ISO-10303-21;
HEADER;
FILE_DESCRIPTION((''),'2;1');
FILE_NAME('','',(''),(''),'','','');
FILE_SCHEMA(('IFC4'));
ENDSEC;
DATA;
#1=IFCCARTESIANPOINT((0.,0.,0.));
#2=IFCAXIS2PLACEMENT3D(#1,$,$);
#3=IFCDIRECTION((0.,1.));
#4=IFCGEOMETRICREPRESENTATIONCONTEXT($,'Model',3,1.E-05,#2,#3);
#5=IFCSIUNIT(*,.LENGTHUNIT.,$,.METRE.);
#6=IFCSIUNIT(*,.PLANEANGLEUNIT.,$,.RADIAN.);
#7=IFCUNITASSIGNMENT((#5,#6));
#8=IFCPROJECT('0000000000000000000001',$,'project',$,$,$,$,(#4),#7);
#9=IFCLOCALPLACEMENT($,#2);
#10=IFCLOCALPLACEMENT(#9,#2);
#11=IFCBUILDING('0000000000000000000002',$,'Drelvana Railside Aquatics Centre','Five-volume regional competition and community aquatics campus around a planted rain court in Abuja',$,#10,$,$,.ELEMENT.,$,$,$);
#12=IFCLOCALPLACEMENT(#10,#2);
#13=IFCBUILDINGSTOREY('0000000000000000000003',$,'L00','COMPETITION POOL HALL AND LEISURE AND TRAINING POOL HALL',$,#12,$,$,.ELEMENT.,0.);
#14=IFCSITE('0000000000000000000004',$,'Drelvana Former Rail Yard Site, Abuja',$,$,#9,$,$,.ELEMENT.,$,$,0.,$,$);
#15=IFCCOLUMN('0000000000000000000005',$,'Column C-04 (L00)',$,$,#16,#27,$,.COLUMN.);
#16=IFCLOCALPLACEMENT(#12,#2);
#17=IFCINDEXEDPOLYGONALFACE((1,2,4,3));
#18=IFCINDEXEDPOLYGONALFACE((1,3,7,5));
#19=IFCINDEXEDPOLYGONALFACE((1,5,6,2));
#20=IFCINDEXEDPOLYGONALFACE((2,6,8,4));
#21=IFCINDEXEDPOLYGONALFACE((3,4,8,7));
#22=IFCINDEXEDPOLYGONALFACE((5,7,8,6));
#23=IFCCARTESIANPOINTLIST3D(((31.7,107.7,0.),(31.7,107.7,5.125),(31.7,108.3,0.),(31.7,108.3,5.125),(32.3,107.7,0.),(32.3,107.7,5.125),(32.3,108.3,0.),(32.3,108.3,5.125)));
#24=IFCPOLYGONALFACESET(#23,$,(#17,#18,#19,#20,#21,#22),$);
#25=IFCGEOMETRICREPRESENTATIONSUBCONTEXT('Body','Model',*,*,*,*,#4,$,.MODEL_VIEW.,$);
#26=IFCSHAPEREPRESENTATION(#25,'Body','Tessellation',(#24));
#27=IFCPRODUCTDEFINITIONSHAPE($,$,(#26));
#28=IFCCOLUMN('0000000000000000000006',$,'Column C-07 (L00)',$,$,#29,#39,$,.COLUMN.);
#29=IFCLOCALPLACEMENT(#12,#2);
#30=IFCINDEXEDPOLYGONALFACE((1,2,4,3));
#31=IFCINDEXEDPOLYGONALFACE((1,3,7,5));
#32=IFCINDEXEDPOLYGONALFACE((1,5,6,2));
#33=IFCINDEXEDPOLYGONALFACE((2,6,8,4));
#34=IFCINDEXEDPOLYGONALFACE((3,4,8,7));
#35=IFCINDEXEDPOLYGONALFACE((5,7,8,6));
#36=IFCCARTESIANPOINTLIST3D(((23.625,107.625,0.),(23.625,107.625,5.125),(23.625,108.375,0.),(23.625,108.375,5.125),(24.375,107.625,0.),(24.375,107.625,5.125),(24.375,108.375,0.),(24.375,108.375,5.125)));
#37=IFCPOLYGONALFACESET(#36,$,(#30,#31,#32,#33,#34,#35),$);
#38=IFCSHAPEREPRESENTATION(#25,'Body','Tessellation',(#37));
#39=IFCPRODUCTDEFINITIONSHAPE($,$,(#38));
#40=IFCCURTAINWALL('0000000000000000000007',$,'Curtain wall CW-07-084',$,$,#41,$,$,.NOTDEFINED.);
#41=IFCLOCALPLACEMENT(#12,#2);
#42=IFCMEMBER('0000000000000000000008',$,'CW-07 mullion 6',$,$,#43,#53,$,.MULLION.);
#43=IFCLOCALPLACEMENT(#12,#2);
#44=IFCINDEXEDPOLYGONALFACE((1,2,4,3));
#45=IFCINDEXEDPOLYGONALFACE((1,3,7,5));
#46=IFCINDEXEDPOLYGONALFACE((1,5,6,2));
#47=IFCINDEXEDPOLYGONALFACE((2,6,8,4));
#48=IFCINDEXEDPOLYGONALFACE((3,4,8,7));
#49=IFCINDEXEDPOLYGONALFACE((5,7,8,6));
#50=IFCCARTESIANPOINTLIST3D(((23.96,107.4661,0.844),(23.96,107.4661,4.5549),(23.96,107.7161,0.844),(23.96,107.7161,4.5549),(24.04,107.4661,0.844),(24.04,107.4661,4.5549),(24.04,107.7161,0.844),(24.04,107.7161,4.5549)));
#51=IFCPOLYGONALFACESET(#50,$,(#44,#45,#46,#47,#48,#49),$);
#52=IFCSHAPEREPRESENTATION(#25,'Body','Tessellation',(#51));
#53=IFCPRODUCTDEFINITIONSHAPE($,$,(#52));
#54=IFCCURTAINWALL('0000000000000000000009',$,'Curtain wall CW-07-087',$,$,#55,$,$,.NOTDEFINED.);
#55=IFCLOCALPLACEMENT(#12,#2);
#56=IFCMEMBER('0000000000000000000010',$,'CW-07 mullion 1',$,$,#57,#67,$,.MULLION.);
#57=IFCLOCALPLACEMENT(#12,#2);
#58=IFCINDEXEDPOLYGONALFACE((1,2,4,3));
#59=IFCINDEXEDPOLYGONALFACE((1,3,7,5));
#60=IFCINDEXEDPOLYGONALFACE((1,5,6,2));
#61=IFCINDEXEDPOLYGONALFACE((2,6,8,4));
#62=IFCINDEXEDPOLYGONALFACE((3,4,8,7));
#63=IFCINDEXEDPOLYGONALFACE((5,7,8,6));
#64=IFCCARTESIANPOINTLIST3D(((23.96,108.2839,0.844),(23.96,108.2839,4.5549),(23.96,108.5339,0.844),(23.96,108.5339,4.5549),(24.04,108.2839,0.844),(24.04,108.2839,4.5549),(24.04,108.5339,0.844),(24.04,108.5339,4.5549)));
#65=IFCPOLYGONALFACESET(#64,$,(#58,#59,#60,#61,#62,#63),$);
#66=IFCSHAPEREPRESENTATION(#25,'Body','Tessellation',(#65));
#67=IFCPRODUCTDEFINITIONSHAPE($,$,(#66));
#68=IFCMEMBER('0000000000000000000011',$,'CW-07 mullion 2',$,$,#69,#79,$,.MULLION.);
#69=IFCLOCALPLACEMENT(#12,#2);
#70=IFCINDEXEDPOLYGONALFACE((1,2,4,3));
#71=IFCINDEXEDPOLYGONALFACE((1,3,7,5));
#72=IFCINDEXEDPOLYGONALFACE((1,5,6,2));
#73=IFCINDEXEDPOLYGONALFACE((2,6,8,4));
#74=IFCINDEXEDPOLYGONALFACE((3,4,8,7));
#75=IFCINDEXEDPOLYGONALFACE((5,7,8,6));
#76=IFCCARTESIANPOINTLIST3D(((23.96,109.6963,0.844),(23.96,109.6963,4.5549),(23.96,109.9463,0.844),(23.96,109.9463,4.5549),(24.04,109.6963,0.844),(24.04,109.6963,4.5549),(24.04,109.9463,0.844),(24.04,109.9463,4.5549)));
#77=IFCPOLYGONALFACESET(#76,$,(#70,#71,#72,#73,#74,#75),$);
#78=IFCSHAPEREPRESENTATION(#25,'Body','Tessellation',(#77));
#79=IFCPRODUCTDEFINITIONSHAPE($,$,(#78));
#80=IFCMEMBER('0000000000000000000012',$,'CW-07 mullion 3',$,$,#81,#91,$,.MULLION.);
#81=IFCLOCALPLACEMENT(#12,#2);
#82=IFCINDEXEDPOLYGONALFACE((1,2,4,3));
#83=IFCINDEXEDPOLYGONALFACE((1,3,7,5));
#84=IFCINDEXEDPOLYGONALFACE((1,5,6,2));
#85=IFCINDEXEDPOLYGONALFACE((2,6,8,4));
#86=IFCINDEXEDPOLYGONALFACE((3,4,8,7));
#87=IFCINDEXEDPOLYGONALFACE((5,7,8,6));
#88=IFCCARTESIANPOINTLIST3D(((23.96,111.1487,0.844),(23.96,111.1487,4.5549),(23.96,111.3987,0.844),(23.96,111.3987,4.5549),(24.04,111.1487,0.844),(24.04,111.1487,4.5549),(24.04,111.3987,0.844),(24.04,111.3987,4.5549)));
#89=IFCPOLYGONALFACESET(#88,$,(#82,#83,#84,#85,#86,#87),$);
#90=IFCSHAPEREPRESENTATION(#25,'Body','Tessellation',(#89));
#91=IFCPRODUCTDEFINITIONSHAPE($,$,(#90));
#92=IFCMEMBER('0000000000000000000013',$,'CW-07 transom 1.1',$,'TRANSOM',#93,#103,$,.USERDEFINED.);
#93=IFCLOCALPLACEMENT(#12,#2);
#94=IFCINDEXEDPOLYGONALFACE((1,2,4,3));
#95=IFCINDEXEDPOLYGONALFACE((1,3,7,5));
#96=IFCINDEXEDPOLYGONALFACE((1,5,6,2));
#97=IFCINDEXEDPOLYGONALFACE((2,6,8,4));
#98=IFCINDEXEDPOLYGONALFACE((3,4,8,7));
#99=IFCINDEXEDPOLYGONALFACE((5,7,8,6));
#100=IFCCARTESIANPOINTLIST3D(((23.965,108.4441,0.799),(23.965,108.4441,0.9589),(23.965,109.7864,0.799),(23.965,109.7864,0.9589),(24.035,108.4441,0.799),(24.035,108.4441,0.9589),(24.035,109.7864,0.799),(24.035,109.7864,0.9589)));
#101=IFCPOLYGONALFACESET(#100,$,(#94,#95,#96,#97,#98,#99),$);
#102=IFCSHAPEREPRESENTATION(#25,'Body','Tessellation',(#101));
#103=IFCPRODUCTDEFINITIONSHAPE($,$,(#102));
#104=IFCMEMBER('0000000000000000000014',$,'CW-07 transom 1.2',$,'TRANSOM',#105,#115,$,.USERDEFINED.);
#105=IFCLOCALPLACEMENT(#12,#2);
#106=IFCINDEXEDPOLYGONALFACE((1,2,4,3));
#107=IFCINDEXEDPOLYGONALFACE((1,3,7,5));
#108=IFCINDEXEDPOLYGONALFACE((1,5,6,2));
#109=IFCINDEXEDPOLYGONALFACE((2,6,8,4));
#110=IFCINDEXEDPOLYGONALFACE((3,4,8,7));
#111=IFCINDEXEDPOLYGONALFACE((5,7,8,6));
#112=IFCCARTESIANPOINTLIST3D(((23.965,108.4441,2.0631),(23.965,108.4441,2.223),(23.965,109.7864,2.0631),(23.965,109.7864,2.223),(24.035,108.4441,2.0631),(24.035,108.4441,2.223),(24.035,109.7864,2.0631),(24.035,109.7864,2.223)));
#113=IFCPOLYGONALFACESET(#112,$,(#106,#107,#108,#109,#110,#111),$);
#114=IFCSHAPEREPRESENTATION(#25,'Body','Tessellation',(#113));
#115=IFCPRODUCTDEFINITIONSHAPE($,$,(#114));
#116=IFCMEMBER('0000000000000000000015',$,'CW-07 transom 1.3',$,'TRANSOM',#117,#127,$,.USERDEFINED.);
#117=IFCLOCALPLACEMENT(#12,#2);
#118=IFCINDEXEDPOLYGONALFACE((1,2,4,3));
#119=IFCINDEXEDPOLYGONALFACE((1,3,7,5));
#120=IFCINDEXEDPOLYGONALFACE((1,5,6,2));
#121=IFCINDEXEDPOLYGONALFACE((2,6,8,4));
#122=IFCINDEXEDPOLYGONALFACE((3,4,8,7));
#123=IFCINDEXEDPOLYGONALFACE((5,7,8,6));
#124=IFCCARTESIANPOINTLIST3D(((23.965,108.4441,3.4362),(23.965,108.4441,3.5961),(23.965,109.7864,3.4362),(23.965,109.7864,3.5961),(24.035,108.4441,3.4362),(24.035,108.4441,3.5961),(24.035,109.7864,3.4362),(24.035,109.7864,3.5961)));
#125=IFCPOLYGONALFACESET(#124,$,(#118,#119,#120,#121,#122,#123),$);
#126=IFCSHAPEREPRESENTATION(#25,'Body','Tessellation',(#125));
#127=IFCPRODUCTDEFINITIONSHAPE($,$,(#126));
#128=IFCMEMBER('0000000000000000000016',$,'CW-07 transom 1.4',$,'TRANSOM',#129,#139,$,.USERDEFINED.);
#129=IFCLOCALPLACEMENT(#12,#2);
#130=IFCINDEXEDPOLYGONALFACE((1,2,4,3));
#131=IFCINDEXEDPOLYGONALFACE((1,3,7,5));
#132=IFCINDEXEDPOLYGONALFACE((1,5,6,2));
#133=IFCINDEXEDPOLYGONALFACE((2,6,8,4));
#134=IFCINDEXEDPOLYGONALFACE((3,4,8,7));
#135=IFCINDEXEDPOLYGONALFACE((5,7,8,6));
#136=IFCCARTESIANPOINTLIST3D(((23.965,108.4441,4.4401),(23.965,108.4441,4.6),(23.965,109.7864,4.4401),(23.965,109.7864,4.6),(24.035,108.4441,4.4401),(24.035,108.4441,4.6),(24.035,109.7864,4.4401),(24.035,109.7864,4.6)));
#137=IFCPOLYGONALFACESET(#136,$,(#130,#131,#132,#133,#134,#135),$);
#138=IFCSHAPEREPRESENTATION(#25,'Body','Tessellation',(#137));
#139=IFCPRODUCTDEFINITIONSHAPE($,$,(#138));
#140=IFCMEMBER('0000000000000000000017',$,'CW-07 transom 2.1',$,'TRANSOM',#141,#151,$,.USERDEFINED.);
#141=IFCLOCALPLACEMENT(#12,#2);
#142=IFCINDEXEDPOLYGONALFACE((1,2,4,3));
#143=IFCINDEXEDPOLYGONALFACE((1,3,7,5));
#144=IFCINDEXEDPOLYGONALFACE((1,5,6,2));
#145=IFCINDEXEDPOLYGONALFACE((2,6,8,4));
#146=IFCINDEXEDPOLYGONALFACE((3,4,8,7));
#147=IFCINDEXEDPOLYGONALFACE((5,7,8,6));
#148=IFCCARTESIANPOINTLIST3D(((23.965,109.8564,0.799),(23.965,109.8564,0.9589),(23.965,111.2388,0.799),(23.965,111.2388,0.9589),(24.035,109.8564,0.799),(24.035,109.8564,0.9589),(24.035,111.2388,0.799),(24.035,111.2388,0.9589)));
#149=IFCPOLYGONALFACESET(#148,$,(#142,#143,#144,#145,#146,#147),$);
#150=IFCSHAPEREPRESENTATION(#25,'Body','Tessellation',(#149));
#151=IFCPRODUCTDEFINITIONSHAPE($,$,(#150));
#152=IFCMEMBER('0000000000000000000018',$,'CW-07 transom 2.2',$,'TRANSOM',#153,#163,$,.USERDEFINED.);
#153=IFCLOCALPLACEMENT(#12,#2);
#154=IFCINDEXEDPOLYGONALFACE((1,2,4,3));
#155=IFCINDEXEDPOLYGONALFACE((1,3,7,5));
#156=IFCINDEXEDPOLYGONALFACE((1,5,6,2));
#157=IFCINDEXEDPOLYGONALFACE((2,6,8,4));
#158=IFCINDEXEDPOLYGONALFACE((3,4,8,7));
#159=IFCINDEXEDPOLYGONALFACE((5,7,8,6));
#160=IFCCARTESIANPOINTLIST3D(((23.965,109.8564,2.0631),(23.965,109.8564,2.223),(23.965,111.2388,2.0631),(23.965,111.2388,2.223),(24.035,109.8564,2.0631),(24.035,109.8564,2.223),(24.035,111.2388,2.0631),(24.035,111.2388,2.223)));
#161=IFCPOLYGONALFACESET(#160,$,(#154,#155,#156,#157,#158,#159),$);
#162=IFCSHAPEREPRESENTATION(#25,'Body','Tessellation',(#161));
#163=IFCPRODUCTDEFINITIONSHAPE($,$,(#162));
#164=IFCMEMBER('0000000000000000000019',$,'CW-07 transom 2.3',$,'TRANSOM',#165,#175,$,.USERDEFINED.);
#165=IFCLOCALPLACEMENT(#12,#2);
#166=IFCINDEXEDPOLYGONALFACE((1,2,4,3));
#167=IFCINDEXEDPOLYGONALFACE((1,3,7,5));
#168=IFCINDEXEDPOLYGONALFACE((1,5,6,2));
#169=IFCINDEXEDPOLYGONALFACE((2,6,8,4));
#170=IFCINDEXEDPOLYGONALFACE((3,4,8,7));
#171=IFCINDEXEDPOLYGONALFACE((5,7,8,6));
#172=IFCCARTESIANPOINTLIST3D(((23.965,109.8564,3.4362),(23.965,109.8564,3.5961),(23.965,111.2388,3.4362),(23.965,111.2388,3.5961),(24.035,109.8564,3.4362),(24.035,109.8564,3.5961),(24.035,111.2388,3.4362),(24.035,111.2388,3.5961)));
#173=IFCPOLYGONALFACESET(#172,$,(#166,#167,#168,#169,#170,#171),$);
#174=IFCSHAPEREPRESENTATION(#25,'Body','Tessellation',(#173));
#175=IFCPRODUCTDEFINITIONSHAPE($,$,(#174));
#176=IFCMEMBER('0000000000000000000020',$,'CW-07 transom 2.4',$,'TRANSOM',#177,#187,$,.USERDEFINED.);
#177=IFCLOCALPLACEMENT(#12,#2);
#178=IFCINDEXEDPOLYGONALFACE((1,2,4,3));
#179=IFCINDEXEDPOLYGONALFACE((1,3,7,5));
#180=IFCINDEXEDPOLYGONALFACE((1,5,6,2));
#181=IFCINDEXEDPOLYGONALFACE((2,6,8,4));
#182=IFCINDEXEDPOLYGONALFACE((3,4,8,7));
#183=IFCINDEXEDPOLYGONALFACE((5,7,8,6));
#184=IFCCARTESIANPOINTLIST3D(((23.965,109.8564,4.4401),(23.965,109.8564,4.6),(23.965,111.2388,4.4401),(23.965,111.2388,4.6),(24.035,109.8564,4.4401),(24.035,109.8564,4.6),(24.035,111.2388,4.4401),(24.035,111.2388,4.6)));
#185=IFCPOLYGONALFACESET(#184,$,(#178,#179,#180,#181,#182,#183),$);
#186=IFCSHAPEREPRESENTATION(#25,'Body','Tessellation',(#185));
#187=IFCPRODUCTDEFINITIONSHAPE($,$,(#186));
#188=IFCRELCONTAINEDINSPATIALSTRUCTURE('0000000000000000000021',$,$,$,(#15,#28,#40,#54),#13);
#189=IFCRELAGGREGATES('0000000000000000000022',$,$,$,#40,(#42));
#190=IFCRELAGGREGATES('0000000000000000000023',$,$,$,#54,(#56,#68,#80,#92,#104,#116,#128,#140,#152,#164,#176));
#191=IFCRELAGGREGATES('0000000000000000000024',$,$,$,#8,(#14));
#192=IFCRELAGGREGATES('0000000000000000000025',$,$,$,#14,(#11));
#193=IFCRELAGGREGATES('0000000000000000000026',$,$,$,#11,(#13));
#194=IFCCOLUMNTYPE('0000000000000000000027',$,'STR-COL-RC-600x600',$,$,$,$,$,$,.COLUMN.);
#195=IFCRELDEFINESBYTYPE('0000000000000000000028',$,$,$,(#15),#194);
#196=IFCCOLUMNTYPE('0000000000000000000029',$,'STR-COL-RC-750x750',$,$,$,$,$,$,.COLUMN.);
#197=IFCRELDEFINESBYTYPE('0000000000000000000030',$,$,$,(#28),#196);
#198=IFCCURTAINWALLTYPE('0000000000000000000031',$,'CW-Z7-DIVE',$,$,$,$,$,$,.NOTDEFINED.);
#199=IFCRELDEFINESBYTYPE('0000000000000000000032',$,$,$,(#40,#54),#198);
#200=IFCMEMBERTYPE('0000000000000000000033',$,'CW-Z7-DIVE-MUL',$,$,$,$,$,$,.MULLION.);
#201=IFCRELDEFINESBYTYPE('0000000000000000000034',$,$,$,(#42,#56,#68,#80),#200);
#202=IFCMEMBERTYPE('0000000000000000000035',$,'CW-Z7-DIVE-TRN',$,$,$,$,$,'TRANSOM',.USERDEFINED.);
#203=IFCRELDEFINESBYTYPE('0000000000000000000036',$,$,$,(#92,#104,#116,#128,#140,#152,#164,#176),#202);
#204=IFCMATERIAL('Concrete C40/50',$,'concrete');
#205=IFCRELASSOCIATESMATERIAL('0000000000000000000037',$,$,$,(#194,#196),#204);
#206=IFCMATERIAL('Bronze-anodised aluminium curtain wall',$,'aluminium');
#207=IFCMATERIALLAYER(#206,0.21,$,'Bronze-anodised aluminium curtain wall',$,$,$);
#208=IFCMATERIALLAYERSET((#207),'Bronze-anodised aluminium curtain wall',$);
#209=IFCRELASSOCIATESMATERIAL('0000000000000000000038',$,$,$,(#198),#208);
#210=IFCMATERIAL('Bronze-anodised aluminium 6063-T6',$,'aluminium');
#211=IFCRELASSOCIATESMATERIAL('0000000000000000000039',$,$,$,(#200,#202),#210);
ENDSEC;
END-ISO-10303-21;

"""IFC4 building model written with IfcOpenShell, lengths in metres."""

from ifc_helpers import new_model, si_unit, direction, frame, origin, origin_2d, place, context, subcontext, project, spatial, rectangle, extrude, material, layer, layer_set, material_profile, profile_set, type_object, element, aggregate, save


model = new_model("IFC4")

# Units and contexts
model_context = context("Model", 3, precision=1e-05, world=origin(), true_north=direction((0.0, 1.0)))
body_context = subcontext(model_context, "Body", "Model", "MODEL_VIEW")
ifc_project = project(units=[si_unit("LENGTHUNIT", "METRE"), si_unit("PLANEANGLEUNIT", "RADIAN")], contexts=[model_context])

# Site, building, storey
site_placement = place(None, origin())
site = spatial("IfcSite", under=ifc_project, at=site_placement, Name="Drelvana Former Rail Yard Site, Abuja", CompositionType="ELEMENT", RefElevation=0.0)
building_placement = place(site_placement, origin())
building = spatial("IfcBuilding", under=site, at=building_placement, Name="Drelvana Railside Aquatics Centre", Description="Five-volume regional competition and community aquatics campus around a planted rain court in Abuja", CompositionType="ELEMENT")
storey_placement = place(building_placement, origin())
storey = spatial("IfcBuildingStorey", under=building, at=storey_placement, Name="L00", Description="COMPETITION POOL HALL AND LEISURE AND TRAINING POOL HALL", CompositionType="ELEMENT", Elevation=0.0)

# Columns
ifc_material_1 = material(Name="Concrete C40/50", Category="concrete")
ifc_material_profile_1 = material_profile(ifc_material_1, rectangle(XDim=0.6001, YDim=0.6001, at=origin_2d()), Name="RC 600x600")
ifc_profile_set_1 = profile_set([ifc_material_profile_1], Name="Concrete C40/50")
column_type_1 = type_object("IfcColumnType", Name="STR-COL-RC-600x600", PredefinedType="COLUMN", material=ifc_profile_set_1)
column_1_placement = place(storey_placement, frame((32.0, 108.0, 0.0), z_axis=(0.0, 0.0, 1.0), x_axis=(1.0, 0.0, 0.0)))
element("IfcColumn", 1, at=column_1_placement, inside=storey, type_object=column_type_1, Name="Column C-04 (L00)", PredefinedType="COLUMN", context=body_context, shape_type="SweptSolid", body=[
    extrude(rectangle(XDim=0.6001, YDim=0.6001, at=origin_2d()), origin(), (0.0, 0.0, 1.0), 5.125),
])
ifc_material_profile_2 = material_profile(ifc_material_1, rectangle(XDim=0.75, YDim=0.75, at=origin_2d()), Name="RC 750x750")
ifc_profile_set_2 = profile_set([ifc_material_profile_2], Name="Concrete C40/50")
column_type_2 = type_object("IfcColumnType", Name="STR-COL-RC-750x750", PredefinedType="COLUMN", material=ifc_profile_set_2)
column_2_placement = place(storey_placement, frame((24.0, 108.0, 0.0), z_axis=(0.0, 0.0, 1.0), x_axis=(1.0, 0.0, 0.0)))
element("IfcColumn", 2, at=column_2_placement, inside=storey, type_object=column_type_2, Name="Column C-07 (L00)", PredefinedType="COLUMN", context=body_context, shape_type="SweptSolid", body=[
    extrude(rectangle(XDim=0.75, YDim=0.75, at=origin_2d()), origin(), (0.0, 0.0, 1.0), 5.125),
])

# Curtain wall, member
ifc_material_2 = material(Name="Bronze-anodised aluminium curtain wall", Category="aluminium")
ifc_layer_1 = layer(ifc_material_2, 0.21, Name="Bronze-anodised aluminium curtain wall")
ifc_layer_set_1 = layer_set([ifc_layer_1], Name="Bronze-anodised aluminium curtain wall")
curtain_wall_type = type_object("IfcCurtainWallType", Name="CW-Z7-DIVE", PredefinedType="NOTDEFINED", material=ifc_layer_set_1)
curtain_wall_1_placement = place(storey_placement, origin())
curtain_wall_1 = element("IfcCurtainWall", 3, at=curtain_wall_1_placement, inside=storey, type_object=curtain_wall_type, Name="Curtain wall CW-07-084", PredefinedType="NOTDEFINED")
ifc_material_3 = material(Name="Bronze-anodised aluminium 6063-T6", Category="aluminium")
ifc_material_profile_3 = material_profile(ifc_material_3, rectangle(XDim=0.0801, YDim=0.25, at=origin_2d()), Name="ALU-M 80x250")
ifc_profile_set_3 = profile_set([ifc_material_profile_3], Name="Bronze-anodised aluminium 6063-T6")
member_type_1 = type_object("IfcMemberType", Name="CW-Z7-DIVE-MUL", PredefinedType="MULLION", material=ifc_profile_set_3)
member_1_placement = place(storey_placement, frame((24.0, 107.5911, 0.844), z_axis=(0.0, 0.0, 1.0), x_axis=(-1.0, 0.0, 0.0)))
member_1 = element("IfcMember", 4, at=member_1_placement, type_object=member_type_1, Name="CW-07 mullion 6", PredefinedType="MULLION", context=body_context, shape_type="SweptSolid", body=[
    extrude(rectangle(XDim=0.0801, YDim=0.25, at=origin_2d()), origin(), (0.0, 0.0, 1.0), 3.7109),
])
aggregate(curtain_wall_1, [member_1])

# Curtain wall, members
curtain_wall_2_placement = place(storey_placement, origin())
curtain_wall_2 = element("IfcCurtainWall", 5, at=curtain_wall_2_placement, inside=storey, type_object=curtain_wall_type, Name="Curtain wall CW-07-087", PredefinedType="NOTDEFINED")
member_2_placement = place(storey_placement, frame((24.0, 108.4089, 0.844), z_axis=(0.0, 0.0, 1.0), x_axis=(-1.0, 0.0, 0.0)))
member_2 = element("IfcMember", 6, at=member_2_placement, type_object=member_type_1, Name="CW-07 mullion 1", PredefinedType="MULLION", context=body_context, shape_type="SweptSolid", body=[
    extrude(rectangle(XDim=0.0801, YDim=0.25, at=origin_2d()), origin(), (0.0, 0.0, 1.0), 3.7109),
])
member_3_placement = place(storey_placement, frame((24.0, 109.8213, 0.844), z_axis=(0.0, 0.0, 1.0), x_axis=(-1.0, 0.0, 0.0)))
member_3 = element("IfcMember", 7, at=member_3_placement, type_object=member_type_1, Name="CW-07 mullion 2", PredefinedType="MULLION", context=body_context, shape_type="SweptSolid", body=[
    extrude(rectangle(XDim=0.0801, YDim=0.25, at=origin_2d()), origin(), (0.0, 0.0, 1.0), 3.7109),
])
member_4_placement = place(storey_placement, frame((24.0, 111.2737, 0.844), z_axis=(0.0, 0.0, 1.0), x_axis=(-1.0, 0.0, 0.0)))
member_4 = element("IfcMember", 8, at=member_4_placement, type_object=member_type_1, Name="CW-07 mullion 3", PredefinedType="MULLION", context=body_context, shape_type="SweptSolid", body=[
    extrude(rectangle(XDim=0.0801, YDim=0.25, at=origin_2d()), origin(), (0.0, 0.0, 1.0), 3.7109),
])
ifc_material_profile_4 = material_profile(ifc_material_3, rectangle(XDim=0.1599, YDim=0.0701, at=origin_2d()), Name="ALU-T 70x160")
ifc_profile_set_4 = profile_set([ifc_material_profile_4], Name="Bronze-anodised aluminium 6063-T6")
member_type_2 = type_object("IfcMemberType", Name="CW-Z7-DIVE-TRN", ElementType="TRANSOM", PredefinedType="USERDEFINED", material=ifc_profile_set_4)
member_5_placement = place(storey_placement, frame((24.0, 108.4441, 0.8789), z_axis=(0.0, 1.0, 0.0), x_axis=(0.0, 0.0, 1.0)))
member_5 = element("IfcMember", 9, at=member_5_placement, type_object=member_type_2, Name="CW-07 transom 1.1", ObjectType="TRANSOM", PredefinedType="USERDEFINED", context=body_context, shape_type="SweptSolid", body=[
    extrude(rectangle(XDim=0.1599, YDim=0.0701, at=origin_2d()), origin(), (0.0, 0.0, 1.0), 1.3423),
])
member_6_placement = place(storey_placement, frame((24.0, 108.4441, 2.1431), z_axis=(0.0, 1.0, 0.0), x_axis=(0.0, 0.0, 1.0)))
member_6 = element("IfcMember", 10, at=member_6_placement, type_object=member_type_2, Name="CW-07 transom 1.2", ObjectType="TRANSOM", PredefinedType="USERDEFINED", context=body_context, shape_type="SweptSolid", body=[
    extrude(rectangle(XDim=0.1599, YDim=0.0701, at=origin_2d()), origin(), (0.0, 0.0, 1.0), 1.3423),
])
member_7_placement = place(storey_placement, frame((24.0, 108.4441, 3.5161), z_axis=(0.0, 1.0, 0.0), x_axis=(0.0, 0.0, 1.0)))
member_7 = element("IfcMember", 11, at=member_7_placement, type_object=member_type_2, Name="CW-07 transom 1.3", ObjectType="TRANSOM", PredefinedType="USERDEFINED", context=body_context, shape_type="SweptSolid", body=[
    extrude(rectangle(XDim=0.1599, YDim=0.0701, at=origin_2d()), origin(), (0.0, 0.0, 1.0), 1.3423),
])
member_8_placement = place(storey_placement, frame((24.0, 108.4441, 4.52), z_axis=(0.0, 1.0, 0.0), x_axis=(0.0, 0.0, 1.0)))
member_8 = element("IfcMember", 12, at=member_8_placement, type_object=member_type_2, Name="CW-07 transom 1.4", ObjectType="TRANSOM", PredefinedType="USERDEFINED", context=body_context, shape_type="SweptSolid", body=[
    extrude(rectangle(XDim=0.1599, YDim=0.0701, at=origin_2d()), origin(), (0.0, 0.0, 1.0), 1.3423),
])
member_9_placement = place(storey_placement, frame((24.0, 109.8564, 0.8789), z_axis=(0.0, 1.0, 0.0), x_axis=(0.0, 0.0, 1.0)))
member_9 = element("IfcMember", 13, at=member_9_placement, type_object=member_type_2, Name="CW-07 transom 2.1", ObjectType="TRANSOM", PredefinedType="USERDEFINED", context=body_context, shape_type="SweptSolid", body=[
    extrude(rectangle(XDim=0.1599, YDim=0.0701, at=origin_2d()), origin(), (0.0, 0.0, 1.0), 1.3823),
])
member_10_placement = place(storey_placement, frame((24.0, 109.8564, 2.1431), z_axis=(0.0, 1.0, 0.0), x_axis=(0.0, 0.0, 1.0)))
member_10 = element("IfcMember", 14, at=member_10_placement, type_object=member_type_2, Name="CW-07 transom 2.2", ObjectType="TRANSOM", PredefinedType="USERDEFINED", context=body_context, shape_type="SweptSolid", body=[
    extrude(rectangle(XDim=0.1599, YDim=0.0701, at=origin_2d()), origin(), (0.0, 0.0, 1.0), 1.3823),
])
member_11_placement = place(storey_placement, frame((24.0, 109.8564, 3.5161), z_axis=(0.0, 1.0, 0.0), x_axis=(0.0, 0.0, 1.0)))
member_11 = element("IfcMember", 15, at=member_11_placement, type_object=member_type_2, Name="CW-07 transom 2.3", ObjectType="TRANSOM", PredefinedType="USERDEFINED", context=body_context, shape_type="SweptSolid", body=[
    extrude(rectangle(XDim=0.1599, YDim=0.0701, at=origin_2d()), origin(), (0.0, 0.0, 1.0), 1.3823),
])
member_12_placement = place(storey_placement, frame((24.0, 109.8564, 4.52), z_axis=(0.0, 1.0, 0.0), x_axis=(0.0, 0.0, 1.0)))
member_12 = element("IfcMember", 16, at=member_12_placement, type_object=member_type_2, Name="CW-07 transom 2.4", ObjectType="TRANSOM", PredefinedType="USERDEFINED", context=body_context, shape_type="SweptSolid", body=[
    extrude(rectangle(XDim=0.1599, YDim=0.0701, at=origin_2d()), origin(), (0.0, 0.0, 1.0), 1.3823),
])

aggregate(curtain_wall_2, [member_2, member_3, member_4, member_5, member_6, member_7, member_8, member_9, member_10, member_11, member_12])

save(model, "model.ifc")
